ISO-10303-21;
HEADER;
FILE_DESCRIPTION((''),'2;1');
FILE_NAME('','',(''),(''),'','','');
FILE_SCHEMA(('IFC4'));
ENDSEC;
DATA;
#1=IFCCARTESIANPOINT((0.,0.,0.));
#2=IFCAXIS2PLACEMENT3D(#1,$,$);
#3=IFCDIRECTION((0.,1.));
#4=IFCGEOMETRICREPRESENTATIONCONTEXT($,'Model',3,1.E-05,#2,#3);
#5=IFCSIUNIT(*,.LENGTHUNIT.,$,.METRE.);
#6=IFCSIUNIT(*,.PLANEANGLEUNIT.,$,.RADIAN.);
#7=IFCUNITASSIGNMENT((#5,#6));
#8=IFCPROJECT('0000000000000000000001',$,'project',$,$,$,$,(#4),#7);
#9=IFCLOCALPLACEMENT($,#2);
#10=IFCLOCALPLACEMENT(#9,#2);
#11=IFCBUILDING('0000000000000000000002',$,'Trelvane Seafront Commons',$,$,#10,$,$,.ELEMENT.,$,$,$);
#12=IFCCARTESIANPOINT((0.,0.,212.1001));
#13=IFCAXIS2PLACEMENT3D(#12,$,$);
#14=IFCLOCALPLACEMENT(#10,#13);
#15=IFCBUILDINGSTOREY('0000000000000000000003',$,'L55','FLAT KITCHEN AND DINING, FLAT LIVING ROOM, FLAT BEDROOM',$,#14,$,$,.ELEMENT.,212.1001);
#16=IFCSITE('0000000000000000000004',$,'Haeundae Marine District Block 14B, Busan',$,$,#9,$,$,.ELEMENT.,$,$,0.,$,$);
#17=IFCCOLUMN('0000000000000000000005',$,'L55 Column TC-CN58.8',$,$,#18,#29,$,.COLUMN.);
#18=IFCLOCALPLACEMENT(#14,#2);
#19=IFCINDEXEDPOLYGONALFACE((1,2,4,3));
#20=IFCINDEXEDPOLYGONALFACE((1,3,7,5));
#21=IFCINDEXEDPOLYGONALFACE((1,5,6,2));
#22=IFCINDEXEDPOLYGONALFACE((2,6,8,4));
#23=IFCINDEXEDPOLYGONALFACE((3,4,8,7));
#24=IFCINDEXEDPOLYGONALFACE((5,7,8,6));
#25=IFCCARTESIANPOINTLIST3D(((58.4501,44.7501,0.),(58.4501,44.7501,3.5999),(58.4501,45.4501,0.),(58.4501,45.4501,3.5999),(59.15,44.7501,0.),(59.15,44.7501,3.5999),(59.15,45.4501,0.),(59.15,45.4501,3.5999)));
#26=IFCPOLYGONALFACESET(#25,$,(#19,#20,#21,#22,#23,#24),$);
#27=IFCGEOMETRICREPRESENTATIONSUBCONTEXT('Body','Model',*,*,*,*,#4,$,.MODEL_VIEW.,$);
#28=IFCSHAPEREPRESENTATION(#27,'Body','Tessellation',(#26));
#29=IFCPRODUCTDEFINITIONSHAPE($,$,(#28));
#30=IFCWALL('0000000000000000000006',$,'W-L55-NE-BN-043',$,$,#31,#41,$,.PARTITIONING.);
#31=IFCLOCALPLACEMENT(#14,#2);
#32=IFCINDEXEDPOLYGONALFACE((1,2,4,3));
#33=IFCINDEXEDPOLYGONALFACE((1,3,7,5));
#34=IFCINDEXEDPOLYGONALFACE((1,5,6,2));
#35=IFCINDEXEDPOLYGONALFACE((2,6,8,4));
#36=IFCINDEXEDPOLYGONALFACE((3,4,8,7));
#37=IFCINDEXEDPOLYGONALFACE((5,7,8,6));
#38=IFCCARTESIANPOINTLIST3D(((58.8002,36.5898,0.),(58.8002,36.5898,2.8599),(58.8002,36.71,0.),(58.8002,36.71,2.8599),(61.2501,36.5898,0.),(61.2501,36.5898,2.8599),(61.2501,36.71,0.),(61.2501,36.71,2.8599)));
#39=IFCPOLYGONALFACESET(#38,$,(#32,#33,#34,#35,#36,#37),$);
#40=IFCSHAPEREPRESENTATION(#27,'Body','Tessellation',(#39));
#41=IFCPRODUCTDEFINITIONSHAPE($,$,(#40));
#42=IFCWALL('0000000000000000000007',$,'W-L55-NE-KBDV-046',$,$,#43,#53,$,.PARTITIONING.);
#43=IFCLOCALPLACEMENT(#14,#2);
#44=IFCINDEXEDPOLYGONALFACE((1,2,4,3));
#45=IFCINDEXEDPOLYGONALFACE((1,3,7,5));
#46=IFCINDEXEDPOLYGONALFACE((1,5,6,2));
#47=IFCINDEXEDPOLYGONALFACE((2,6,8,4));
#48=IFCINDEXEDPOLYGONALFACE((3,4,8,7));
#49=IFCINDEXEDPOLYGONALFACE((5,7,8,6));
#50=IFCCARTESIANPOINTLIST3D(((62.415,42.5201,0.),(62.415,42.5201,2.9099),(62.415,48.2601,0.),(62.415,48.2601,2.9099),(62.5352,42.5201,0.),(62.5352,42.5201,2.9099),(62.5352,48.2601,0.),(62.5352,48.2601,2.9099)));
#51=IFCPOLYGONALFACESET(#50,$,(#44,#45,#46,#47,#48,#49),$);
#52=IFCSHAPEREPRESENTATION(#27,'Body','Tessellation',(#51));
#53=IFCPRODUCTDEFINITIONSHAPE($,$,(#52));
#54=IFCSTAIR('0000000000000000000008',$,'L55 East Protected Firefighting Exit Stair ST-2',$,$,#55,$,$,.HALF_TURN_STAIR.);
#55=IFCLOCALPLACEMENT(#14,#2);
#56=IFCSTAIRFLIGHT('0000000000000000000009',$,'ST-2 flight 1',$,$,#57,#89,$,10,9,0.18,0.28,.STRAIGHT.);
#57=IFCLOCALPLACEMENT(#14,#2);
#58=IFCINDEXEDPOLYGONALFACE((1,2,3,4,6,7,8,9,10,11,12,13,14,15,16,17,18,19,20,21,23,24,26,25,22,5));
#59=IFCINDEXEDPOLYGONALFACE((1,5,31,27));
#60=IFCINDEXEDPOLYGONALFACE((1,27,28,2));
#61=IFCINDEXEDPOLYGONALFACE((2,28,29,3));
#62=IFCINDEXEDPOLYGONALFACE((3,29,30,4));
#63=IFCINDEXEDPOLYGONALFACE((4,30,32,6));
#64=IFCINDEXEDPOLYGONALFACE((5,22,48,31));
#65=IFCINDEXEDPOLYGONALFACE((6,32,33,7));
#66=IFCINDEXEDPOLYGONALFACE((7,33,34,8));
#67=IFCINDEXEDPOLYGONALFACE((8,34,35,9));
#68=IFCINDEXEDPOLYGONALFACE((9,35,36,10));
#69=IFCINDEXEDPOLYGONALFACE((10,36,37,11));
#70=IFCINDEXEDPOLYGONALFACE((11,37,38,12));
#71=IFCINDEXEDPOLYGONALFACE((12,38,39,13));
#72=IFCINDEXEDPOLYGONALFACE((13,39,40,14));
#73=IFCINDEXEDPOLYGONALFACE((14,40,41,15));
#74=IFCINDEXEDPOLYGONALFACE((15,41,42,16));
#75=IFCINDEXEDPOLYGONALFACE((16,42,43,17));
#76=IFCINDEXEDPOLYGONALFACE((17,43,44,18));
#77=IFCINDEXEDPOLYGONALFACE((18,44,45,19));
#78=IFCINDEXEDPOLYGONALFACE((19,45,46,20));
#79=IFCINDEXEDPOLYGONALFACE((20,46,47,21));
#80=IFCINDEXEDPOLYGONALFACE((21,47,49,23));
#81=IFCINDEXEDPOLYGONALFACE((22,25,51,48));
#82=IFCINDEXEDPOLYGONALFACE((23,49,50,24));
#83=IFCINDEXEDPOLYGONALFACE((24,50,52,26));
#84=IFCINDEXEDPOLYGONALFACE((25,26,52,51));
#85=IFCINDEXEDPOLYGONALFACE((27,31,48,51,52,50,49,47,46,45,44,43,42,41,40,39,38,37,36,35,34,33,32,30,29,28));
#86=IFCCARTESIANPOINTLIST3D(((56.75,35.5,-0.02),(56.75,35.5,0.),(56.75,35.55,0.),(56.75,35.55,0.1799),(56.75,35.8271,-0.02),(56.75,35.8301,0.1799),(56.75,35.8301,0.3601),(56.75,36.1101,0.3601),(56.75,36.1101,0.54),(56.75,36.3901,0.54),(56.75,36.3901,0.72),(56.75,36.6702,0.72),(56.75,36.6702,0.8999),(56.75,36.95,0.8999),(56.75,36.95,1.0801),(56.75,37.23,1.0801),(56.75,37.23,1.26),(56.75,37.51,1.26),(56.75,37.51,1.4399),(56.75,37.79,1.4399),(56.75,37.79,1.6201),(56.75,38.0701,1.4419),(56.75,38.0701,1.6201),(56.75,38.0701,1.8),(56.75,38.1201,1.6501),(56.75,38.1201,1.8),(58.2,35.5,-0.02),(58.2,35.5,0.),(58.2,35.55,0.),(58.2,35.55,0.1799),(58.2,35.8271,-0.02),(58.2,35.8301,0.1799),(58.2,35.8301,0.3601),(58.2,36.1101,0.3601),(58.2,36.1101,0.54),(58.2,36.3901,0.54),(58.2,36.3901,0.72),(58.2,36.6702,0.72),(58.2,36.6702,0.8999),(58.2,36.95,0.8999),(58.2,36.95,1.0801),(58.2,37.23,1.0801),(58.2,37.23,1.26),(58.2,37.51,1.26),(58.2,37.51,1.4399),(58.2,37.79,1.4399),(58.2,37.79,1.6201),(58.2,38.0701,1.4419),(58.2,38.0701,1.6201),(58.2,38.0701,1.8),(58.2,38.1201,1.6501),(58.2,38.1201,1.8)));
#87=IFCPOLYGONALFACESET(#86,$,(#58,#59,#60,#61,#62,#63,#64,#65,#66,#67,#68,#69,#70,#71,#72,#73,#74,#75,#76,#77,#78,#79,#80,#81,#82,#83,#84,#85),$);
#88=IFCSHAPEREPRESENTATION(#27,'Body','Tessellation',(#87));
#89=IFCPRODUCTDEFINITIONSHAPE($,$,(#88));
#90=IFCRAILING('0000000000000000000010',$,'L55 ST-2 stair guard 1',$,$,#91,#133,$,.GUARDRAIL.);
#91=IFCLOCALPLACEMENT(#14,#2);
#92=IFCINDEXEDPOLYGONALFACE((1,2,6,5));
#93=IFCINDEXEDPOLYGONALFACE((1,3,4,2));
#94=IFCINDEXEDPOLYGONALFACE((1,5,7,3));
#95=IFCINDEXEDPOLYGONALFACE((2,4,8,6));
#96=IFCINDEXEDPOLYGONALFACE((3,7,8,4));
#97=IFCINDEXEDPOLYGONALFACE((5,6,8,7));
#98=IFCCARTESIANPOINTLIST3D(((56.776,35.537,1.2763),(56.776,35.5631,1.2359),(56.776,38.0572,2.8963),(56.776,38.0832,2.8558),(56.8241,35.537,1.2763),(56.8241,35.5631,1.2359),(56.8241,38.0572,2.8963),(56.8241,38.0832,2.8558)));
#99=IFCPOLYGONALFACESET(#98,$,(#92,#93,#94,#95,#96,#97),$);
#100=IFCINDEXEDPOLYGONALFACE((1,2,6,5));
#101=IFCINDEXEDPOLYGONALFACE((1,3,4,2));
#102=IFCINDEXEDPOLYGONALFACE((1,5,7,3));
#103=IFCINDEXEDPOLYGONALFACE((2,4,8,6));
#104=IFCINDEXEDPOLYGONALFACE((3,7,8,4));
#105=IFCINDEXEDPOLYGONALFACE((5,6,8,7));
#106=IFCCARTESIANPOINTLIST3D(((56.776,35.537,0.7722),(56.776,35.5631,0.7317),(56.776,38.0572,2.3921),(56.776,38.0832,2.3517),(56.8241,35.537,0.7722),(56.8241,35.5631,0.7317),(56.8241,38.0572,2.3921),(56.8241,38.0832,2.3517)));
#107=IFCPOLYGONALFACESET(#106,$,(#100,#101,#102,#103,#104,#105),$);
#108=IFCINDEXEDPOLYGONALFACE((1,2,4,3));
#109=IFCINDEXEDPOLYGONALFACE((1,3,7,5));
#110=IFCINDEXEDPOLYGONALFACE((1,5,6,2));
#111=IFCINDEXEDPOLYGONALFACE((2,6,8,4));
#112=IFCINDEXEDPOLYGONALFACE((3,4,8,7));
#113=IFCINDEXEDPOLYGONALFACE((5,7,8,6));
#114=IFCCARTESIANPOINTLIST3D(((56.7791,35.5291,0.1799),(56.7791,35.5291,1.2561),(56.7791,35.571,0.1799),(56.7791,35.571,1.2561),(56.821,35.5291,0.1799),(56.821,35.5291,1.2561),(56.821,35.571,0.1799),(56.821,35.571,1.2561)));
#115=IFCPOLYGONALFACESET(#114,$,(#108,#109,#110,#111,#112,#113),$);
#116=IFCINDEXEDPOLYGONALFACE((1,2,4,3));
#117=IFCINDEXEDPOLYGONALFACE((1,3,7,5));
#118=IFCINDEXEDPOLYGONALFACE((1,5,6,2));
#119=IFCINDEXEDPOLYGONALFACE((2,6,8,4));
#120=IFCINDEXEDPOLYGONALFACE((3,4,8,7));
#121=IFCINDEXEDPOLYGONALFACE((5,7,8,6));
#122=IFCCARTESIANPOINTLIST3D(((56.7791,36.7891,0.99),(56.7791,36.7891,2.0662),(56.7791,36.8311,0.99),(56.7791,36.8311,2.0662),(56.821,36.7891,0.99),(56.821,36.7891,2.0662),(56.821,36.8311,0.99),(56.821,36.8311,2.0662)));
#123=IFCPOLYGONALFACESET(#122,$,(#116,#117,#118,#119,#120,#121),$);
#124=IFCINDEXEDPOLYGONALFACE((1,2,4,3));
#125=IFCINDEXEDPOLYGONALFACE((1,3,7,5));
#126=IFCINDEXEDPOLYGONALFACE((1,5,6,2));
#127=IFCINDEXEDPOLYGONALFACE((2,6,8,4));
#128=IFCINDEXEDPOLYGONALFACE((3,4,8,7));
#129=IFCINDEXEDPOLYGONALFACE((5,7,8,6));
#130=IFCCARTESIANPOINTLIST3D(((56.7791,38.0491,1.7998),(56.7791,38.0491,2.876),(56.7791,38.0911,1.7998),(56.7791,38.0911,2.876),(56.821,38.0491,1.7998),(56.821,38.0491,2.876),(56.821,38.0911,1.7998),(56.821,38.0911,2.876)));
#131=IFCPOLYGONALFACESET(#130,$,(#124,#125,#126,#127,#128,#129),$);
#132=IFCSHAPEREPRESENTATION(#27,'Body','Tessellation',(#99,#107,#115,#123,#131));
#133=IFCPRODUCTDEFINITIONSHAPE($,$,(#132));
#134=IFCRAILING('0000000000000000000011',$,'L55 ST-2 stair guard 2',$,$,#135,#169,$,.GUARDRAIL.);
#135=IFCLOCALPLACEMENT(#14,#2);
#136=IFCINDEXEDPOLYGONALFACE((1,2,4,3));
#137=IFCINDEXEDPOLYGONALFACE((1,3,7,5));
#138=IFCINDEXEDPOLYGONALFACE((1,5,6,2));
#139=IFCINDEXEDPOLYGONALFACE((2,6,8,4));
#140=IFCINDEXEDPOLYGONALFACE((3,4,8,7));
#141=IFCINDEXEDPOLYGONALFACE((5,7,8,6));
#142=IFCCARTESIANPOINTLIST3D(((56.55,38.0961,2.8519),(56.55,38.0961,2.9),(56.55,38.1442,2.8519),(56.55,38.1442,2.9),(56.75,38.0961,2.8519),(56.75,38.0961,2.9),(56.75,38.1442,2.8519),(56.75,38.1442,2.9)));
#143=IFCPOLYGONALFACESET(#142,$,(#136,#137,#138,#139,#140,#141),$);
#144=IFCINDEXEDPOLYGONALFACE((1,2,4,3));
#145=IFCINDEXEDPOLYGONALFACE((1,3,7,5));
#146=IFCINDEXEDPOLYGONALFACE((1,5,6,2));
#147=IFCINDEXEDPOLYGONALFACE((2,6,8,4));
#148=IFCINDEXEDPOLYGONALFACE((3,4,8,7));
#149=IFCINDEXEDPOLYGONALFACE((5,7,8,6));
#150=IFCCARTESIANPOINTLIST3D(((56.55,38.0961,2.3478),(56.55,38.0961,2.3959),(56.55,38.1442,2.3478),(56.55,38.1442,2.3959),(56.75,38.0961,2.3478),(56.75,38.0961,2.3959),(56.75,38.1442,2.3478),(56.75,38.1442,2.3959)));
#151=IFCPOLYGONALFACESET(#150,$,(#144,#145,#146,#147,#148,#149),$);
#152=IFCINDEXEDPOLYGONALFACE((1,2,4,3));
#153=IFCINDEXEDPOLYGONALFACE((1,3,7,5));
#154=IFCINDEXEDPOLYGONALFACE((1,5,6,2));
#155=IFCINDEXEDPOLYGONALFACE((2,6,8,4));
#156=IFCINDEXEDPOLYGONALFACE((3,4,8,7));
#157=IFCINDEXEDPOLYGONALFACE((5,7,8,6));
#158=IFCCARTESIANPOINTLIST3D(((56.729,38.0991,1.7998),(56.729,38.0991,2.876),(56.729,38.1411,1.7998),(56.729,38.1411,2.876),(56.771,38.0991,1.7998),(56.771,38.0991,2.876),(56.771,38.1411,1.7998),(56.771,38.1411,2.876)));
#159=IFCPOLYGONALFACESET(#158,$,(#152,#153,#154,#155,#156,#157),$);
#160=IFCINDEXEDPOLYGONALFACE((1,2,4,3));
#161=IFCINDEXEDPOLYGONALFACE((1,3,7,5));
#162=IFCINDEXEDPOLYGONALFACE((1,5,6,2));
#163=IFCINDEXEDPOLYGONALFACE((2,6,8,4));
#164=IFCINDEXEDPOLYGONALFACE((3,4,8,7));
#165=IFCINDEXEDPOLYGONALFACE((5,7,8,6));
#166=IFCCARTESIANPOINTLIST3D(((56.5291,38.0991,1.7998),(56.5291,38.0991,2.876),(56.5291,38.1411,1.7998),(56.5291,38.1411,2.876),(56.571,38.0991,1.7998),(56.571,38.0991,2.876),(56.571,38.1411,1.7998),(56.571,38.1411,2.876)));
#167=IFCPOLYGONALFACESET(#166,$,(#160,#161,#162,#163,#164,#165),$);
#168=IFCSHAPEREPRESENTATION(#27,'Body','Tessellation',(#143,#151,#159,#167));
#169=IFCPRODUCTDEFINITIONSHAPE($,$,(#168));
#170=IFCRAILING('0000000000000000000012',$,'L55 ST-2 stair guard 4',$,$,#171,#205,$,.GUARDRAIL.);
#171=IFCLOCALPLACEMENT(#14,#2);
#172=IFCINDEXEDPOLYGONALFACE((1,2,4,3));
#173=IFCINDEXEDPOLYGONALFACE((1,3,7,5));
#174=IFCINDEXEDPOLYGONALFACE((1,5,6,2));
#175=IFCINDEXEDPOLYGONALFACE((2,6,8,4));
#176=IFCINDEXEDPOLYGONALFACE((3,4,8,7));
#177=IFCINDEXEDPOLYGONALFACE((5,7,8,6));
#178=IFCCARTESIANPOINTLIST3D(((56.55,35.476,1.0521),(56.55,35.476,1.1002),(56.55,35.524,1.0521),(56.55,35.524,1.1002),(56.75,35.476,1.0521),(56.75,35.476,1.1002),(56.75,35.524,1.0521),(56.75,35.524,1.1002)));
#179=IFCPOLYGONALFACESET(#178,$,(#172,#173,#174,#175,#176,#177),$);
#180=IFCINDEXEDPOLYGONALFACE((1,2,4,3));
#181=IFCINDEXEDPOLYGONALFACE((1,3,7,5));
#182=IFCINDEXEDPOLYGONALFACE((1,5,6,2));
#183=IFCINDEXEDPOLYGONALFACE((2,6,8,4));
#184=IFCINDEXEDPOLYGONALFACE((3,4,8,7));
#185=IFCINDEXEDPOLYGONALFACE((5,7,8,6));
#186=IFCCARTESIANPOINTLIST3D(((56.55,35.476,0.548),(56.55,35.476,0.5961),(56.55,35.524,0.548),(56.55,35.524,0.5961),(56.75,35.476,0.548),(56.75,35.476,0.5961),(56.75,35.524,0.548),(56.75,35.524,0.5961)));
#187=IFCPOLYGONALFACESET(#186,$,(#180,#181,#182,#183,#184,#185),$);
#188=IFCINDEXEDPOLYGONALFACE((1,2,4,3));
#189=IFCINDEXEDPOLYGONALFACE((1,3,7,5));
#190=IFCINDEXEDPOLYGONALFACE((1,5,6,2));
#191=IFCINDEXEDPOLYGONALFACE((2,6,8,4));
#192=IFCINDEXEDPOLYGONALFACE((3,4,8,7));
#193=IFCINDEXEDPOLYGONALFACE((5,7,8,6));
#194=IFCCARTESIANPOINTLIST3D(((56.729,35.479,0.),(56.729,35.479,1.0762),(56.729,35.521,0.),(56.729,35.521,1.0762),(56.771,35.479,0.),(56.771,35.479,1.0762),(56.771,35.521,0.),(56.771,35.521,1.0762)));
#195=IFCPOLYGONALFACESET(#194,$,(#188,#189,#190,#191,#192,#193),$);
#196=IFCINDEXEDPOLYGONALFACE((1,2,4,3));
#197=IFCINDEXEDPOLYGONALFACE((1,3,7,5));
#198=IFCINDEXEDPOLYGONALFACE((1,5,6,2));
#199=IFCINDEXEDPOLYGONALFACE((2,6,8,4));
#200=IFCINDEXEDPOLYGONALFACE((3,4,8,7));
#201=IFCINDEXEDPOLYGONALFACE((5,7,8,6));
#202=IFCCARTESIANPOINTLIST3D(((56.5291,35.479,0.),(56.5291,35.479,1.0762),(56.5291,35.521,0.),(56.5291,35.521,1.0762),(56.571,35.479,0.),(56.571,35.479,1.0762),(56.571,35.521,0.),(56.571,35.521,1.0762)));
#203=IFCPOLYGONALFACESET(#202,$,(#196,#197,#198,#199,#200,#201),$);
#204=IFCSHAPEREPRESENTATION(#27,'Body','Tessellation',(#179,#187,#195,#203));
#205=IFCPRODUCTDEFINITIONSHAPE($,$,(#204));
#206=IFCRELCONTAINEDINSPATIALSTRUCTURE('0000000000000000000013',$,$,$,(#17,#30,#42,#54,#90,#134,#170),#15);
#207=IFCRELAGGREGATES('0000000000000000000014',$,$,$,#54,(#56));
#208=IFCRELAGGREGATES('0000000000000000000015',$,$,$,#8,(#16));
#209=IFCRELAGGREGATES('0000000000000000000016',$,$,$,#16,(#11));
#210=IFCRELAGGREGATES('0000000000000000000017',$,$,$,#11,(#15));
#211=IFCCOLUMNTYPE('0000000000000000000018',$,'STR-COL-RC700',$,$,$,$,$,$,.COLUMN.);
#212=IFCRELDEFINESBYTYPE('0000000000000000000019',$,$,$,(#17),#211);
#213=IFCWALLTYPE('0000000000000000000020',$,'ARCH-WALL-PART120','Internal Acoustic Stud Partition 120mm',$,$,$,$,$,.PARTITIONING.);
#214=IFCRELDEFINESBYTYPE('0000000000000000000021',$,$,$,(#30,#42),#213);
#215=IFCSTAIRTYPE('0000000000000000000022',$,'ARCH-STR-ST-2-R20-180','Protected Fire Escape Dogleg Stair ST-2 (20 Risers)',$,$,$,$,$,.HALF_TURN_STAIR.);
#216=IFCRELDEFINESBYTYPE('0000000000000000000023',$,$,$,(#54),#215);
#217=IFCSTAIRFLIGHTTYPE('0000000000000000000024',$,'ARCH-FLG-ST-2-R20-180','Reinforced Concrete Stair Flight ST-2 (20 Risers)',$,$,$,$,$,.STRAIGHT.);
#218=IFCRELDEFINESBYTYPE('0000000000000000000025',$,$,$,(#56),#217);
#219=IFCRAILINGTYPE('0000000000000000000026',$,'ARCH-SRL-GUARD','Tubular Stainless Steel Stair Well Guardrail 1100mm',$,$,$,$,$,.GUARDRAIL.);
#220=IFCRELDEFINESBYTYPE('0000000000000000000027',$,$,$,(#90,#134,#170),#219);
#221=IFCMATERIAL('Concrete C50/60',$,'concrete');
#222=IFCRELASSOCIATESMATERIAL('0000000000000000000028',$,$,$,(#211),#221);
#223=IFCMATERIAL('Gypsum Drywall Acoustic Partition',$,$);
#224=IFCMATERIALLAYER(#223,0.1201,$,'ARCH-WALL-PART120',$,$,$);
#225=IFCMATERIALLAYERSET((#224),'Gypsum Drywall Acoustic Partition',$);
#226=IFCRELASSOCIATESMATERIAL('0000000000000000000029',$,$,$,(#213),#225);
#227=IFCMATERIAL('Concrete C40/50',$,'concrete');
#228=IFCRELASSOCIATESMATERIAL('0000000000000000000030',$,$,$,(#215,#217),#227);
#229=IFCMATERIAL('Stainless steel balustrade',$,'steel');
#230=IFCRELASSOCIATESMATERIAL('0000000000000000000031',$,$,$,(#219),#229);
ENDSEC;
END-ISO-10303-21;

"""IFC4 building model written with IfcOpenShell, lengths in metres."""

from ifc_helpers import new_model, si_unit, direction, frame, frame_2d, origin, origin_2d, place, context, subcontext, project, spatial, polyline, rectangle, outline, extrude, source, transform, mapped, material, layer, layer_set, material_profile, profile_set, type_object, element, aggregate, save


model = new_model("IFC4")

# Units and contexts
model_context = context("Model", 3, precision=1e-05, world=origin(), true_north=direction((0.0, 1.0)))
body_context = subcontext(model_context, "Body", "Model", "MODEL_VIEW")
ifc_project = project(units=[si_unit("LENGTHUNIT", "METRE"), si_unit("PLANEANGLEUNIT", "RADIAN")], contexts=[model_context])

# Site, building, storey
site_placement = place(None, origin())
site = spatial("IfcSite", under=ifc_project, at=site_placement, Name="Haeundae Marine District Block 14B, Busan", CompositionType="ELEMENT", RefElevation=0.0)
building_placement = place(site_placement, origin())
building = spatial("IfcBuilding", under=site, at=building_placement, Name="Trelvane Seafront Commons", CompositionType="ELEMENT")
storey_placement = place(building_placement, frame((0.0, 0.0, 212.1001)))
storey = spatial("IfcBuildingStorey", under=building, at=storey_placement, Name="L55", Description="FLAT KITCHEN AND DINING, FLAT LIVING ROOM, FLAT BEDROOM", CompositionType="ELEMENT", Elevation=212.1001)

# Column
ifc_material_1 = material(Name="Concrete C50/60", Category="concrete")
ifc_material_profile = material_profile(ifc_material_1, rectangle(XDim=0.7, YDim=0.7, at=origin_2d()), Name="RC-700x700")
ifc_profile_set = profile_set([ifc_material_profile], Name="Concrete C50/60")
column_type = type_object("IfcColumnType", Name="STR-COL-RC700", PredefinedType="COLUMN", material=ifc_profile_set)
shared_shape_1 = source(origin(), body_context, "Body", "SweptSolid", [
    extrude(rectangle(XDim=0.7, YDim=0.7, at=origin_2d()), origin(), (0.0, 0.0, 1.0), 3.5999),
])
column_placement = place(storey_placement, frame((58.8, 45.1001, 0.0), z_axis=(0.0, 0.0, 1.0), x_axis=(1.0, 0.0, 0.0)))
element("IfcColumn", 1, at=column_placement, inside=storey, type_object=column_type, Name="L55 Column TC-CN58.8", PredefinedType="COLUMN", context=body_context, shape_type="MappedRepresentation", body=[
    mapped(shared_shape_1, transform((0.0, 0.0, 0.0), x_axis=(1.0, 0.0, 0.0), y_axis=(0.0, 1.0, 0.0), z_axis=(0.0, 0.0, 1.0), scale=1.0)),
])

# Wall
ifc_material_2 = material(Name="Gypsum Drywall Acoustic Partition")
ifc_layer_1 = layer(ifc_material_2, 0.1201, Name="ARCH-WALL-PART120")
ifc_layer_set_1 = layer_set([ifc_layer_1], Name="Gypsum Drywall Acoustic Partition")
wall_type_1 = type_object("IfcWallType", Name="ARCH-WALL-PART120", Description="Internal Acoustic Stud Partition 120mm", PredefinedType="PARTITIONING", material=ifc_layer_set_1)
wall_1_placement = place(storey_placement, frame((58.8, 36.6499, 0.0), z_axis=(0.0, 0.0, 1.0), x_axis=(1.0, 0.0, 0.0)))
element("IfcWall", 2, at=wall_1_placement, inside=storey, type_object=wall_type_1, Name="W-L55-NE-BN-043", PredefinedType="PARTITIONING", context=body_context, shape_type="SweptSolid", body=[
    extrude(rectangle(XDim=2.45, YDim=0.1201, at=frame_2d((1.2251, 0.0))), origin(), (0.0, 0.0, 1.0), 2.8599),
])

# Wall
wall_2_placement = place(storey_placement, frame((62.4751, 42.52, 0.0), z_axis=(0.0, 0.0, 1.0), x_axis=(0.0, 1.0, 0.0)))
element("IfcWall", 3, at=wall_2_placement, inside=storey, type_object=wall_type_1, Name="W-L55-NE-KBDV-046", PredefinedType="PARTITIONING", context=body_context, shape_type="SweptSolid", body=[
    extrude(rectangle(XDim=5.74, YDim=0.1201, at=frame_2d((2.8701, 0.0))), origin(), (0.0, 0.0, 1.0), 2.9099),
])

# Stair, stair flight
ifc_material_3 = material(Name="Concrete C40/50", Category="concrete")
stair_type = type_object("IfcStairType", Name="ARCH-STR-ST-2-R20-180", Description="Protected Fire Escape Dogleg Stair ST-2 (20 Risers)", PredefinedType="HALF_TURN_STAIR", material=ifc_material_3)
stair_placement = place(storey_placement, origin())
stair = element("IfcStair", 4, at=stair_placement, inside=storey, type_object=stair_type, Name="L55 East Protected Firefighting Exit Stair ST-2", PredefinedType="HALF_TURN_STAIR")
stair_flight_type = type_object("IfcStairFlightType", Name="ARCH-FLG-ST-2-R20-180", Description="Reinforced Concrete Stair Flight ST-2 (20 Risers)", PredefinedType="STRAIGHT", material=ifc_material_3)
shared_shape_2 = source(origin(), body_context, "Body", "SweptSolid", [
    extrude(outline(polyline([(-0.05, -0.02), (-0.05, 0.0), (0.0, 0.0), (0.0, 0.1799), (0.28, 0.1799), (0.28, 0.3601), (0.5601, 0.3601), (0.5601, 0.54), (0.8401, 0.54), (0.8401, 0.72), (1.1201, 0.72), (1.1201, 0.8999), (1.3999, 0.8999), (1.3999, 1.0801), (1.6799, 1.0801), (1.6799, 1.26), (1.96, 1.26), (1.96, 1.4399), (2.24, 1.4399), (2.24, 1.6201), (2.52, 1.6201), (2.52, 1.8), (2.5701, 1.8), (2.5701, 1.6501), (2.52, 1.4419), (0.2771, -0.02), (-0.05, -0.02)])), frame((0.0, 0.7251, 0.0), z_axis=(0.0, -1.0, 0.0), x_axis=(1.0, 0.0, 0.0)), (0.0, 0.0, 1.0), 1.45),
])
stair_flight_placement = place(storey_placement, frame((57.4751, 35.55, 0.0), z_axis=(0.0, 0.0, 1.0), x_axis=(0.0, 1.0, 0.0)))
stair_flight = element("IfcStairFlight", 5, at=stair_flight_placement, type_object=stair_flight_type, Name="ST-2 flight 1", NumberOfRisers=10, NumberOfTreads=9, PredefinedType="STRAIGHT", RiserHeight=0.18, TreadLength=0.28, context=body_context, shape_type="MappedRepresentation", body=[
    mapped(shared_shape_2, transform((0.0, 0.0, 0.0), x_axis=(1.0, 0.0, 0.0), y_axis=(0.0, 1.0, 0.0), z_axis=(0.0, 0.0, 1.0), scale=1.0)),
])
aggregate(stair, [stair_flight])

# Railings
ifc_material_4 = material(Name="Stainless steel balustrade", Category="steel")
railing_type_1 = type_object("IfcRailingType", Name="ARCH-SRL-GUARD", Description="Tubular Stainless Steel Stair Well Guardrail 1100mm", PredefinedType="GUARDRAIL", material=ifc_material_4)
railing_1_placement = place(storey_placement, frame((56.8, 35.55, 0.1799)))
element("IfcRailing", 6, at=railing_1_placement, inside=storey, type_object=railing_type_1, Name="L55 ST-2 stair guard 1", PredefinedType="GUARDRAIL", context=body_context, shape_type="SweptSolid", body=[
    extrude(rectangle(XDim=0.0481, YDim=0.0481, at=origin_2d()), frame((0.0, 0.0, 1.0762), z_axis=(0.0, 0.8412, 0.540725), x_axis=(-1.0, 0.0, 0.0)), (0.0, 0.0, 1.0), 2.9958),
    extrude(rectangle(XDim=0.0481, YDim=0.0481, at=origin_2d()), frame((0.0, 0.0, 0.572), z_axis=(0.0, 0.8412, 0.540725), x_axis=(-1.0, 0.0, 0.0)), (0.0, 0.0, 1.0), 2.9958),
    extrude(rectangle(XDim=0.042, YDim=0.042, at=origin_2d()), origin(), (0.0, 0.0, 1.0), 1.0762),
    extrude(rectangle(XDim=0.042, YDim=0.042, at=origin_2d()), frame((0.0, 1.26, 0.8101)), (0.0, 0.0, 1.0), 1.0762),
    extrude(rectangle(XDim=0.042, YDim=0.042, at=origin_2d()), frame((0.0, 2.52, 1.6199)), (0.0, 0.0, 1.0), 1.0762),
])
for number, where, name in (
    (7, (56.75, 38.1201, 1.7998), "L55 ST-2 stair guard 2"),
    (8, (56.75, 35.5, 0.0), "L55 ST-2 stair guard 4"),
):
    element("IfcRailing", number, at=place(storey_placement, frame(where)), inside=storey, type_object=railing_type_1, Name=name, PredefinedType="GUARDRAIL", context=body_context, shape_type="SweptSolid", body=[
        extrude(rectangle(XDim=0.0481, YDim=0.0481, at=origin_2d()), frame((0.0, 0.0, 1.0762), z_axis=(-1.0, 0.0, 0.0), x_axis=(0.0, -1.0, 0.0)), (0.0, 0.0, 1.0), 0.2),
        extrude(rectangle(XDim=0.0481, YDim=0.0481, at=origin_2d()), frame((0.0, 0.0, 0.572), z_axis=(-1.0, 0.0, 0.0), x_axis=(0.0, -1.0, 0.0)), (0.0, 0.0, 1.0), 0.2),
        extrude(rectangle(XDim=0.042, YDim=0.042, at=origin_2d()), origin(), (0.0, 0.0, 1.0), 1.0762),
        extrude(rectangle(XDim=0.042, YDim=0.042, at=origin_2d()), frame((-0.2, 0.0, 0.0)), (0.0, 0.0, 1.0), 1.0762),
    ])

save(model, "model.ifc")
